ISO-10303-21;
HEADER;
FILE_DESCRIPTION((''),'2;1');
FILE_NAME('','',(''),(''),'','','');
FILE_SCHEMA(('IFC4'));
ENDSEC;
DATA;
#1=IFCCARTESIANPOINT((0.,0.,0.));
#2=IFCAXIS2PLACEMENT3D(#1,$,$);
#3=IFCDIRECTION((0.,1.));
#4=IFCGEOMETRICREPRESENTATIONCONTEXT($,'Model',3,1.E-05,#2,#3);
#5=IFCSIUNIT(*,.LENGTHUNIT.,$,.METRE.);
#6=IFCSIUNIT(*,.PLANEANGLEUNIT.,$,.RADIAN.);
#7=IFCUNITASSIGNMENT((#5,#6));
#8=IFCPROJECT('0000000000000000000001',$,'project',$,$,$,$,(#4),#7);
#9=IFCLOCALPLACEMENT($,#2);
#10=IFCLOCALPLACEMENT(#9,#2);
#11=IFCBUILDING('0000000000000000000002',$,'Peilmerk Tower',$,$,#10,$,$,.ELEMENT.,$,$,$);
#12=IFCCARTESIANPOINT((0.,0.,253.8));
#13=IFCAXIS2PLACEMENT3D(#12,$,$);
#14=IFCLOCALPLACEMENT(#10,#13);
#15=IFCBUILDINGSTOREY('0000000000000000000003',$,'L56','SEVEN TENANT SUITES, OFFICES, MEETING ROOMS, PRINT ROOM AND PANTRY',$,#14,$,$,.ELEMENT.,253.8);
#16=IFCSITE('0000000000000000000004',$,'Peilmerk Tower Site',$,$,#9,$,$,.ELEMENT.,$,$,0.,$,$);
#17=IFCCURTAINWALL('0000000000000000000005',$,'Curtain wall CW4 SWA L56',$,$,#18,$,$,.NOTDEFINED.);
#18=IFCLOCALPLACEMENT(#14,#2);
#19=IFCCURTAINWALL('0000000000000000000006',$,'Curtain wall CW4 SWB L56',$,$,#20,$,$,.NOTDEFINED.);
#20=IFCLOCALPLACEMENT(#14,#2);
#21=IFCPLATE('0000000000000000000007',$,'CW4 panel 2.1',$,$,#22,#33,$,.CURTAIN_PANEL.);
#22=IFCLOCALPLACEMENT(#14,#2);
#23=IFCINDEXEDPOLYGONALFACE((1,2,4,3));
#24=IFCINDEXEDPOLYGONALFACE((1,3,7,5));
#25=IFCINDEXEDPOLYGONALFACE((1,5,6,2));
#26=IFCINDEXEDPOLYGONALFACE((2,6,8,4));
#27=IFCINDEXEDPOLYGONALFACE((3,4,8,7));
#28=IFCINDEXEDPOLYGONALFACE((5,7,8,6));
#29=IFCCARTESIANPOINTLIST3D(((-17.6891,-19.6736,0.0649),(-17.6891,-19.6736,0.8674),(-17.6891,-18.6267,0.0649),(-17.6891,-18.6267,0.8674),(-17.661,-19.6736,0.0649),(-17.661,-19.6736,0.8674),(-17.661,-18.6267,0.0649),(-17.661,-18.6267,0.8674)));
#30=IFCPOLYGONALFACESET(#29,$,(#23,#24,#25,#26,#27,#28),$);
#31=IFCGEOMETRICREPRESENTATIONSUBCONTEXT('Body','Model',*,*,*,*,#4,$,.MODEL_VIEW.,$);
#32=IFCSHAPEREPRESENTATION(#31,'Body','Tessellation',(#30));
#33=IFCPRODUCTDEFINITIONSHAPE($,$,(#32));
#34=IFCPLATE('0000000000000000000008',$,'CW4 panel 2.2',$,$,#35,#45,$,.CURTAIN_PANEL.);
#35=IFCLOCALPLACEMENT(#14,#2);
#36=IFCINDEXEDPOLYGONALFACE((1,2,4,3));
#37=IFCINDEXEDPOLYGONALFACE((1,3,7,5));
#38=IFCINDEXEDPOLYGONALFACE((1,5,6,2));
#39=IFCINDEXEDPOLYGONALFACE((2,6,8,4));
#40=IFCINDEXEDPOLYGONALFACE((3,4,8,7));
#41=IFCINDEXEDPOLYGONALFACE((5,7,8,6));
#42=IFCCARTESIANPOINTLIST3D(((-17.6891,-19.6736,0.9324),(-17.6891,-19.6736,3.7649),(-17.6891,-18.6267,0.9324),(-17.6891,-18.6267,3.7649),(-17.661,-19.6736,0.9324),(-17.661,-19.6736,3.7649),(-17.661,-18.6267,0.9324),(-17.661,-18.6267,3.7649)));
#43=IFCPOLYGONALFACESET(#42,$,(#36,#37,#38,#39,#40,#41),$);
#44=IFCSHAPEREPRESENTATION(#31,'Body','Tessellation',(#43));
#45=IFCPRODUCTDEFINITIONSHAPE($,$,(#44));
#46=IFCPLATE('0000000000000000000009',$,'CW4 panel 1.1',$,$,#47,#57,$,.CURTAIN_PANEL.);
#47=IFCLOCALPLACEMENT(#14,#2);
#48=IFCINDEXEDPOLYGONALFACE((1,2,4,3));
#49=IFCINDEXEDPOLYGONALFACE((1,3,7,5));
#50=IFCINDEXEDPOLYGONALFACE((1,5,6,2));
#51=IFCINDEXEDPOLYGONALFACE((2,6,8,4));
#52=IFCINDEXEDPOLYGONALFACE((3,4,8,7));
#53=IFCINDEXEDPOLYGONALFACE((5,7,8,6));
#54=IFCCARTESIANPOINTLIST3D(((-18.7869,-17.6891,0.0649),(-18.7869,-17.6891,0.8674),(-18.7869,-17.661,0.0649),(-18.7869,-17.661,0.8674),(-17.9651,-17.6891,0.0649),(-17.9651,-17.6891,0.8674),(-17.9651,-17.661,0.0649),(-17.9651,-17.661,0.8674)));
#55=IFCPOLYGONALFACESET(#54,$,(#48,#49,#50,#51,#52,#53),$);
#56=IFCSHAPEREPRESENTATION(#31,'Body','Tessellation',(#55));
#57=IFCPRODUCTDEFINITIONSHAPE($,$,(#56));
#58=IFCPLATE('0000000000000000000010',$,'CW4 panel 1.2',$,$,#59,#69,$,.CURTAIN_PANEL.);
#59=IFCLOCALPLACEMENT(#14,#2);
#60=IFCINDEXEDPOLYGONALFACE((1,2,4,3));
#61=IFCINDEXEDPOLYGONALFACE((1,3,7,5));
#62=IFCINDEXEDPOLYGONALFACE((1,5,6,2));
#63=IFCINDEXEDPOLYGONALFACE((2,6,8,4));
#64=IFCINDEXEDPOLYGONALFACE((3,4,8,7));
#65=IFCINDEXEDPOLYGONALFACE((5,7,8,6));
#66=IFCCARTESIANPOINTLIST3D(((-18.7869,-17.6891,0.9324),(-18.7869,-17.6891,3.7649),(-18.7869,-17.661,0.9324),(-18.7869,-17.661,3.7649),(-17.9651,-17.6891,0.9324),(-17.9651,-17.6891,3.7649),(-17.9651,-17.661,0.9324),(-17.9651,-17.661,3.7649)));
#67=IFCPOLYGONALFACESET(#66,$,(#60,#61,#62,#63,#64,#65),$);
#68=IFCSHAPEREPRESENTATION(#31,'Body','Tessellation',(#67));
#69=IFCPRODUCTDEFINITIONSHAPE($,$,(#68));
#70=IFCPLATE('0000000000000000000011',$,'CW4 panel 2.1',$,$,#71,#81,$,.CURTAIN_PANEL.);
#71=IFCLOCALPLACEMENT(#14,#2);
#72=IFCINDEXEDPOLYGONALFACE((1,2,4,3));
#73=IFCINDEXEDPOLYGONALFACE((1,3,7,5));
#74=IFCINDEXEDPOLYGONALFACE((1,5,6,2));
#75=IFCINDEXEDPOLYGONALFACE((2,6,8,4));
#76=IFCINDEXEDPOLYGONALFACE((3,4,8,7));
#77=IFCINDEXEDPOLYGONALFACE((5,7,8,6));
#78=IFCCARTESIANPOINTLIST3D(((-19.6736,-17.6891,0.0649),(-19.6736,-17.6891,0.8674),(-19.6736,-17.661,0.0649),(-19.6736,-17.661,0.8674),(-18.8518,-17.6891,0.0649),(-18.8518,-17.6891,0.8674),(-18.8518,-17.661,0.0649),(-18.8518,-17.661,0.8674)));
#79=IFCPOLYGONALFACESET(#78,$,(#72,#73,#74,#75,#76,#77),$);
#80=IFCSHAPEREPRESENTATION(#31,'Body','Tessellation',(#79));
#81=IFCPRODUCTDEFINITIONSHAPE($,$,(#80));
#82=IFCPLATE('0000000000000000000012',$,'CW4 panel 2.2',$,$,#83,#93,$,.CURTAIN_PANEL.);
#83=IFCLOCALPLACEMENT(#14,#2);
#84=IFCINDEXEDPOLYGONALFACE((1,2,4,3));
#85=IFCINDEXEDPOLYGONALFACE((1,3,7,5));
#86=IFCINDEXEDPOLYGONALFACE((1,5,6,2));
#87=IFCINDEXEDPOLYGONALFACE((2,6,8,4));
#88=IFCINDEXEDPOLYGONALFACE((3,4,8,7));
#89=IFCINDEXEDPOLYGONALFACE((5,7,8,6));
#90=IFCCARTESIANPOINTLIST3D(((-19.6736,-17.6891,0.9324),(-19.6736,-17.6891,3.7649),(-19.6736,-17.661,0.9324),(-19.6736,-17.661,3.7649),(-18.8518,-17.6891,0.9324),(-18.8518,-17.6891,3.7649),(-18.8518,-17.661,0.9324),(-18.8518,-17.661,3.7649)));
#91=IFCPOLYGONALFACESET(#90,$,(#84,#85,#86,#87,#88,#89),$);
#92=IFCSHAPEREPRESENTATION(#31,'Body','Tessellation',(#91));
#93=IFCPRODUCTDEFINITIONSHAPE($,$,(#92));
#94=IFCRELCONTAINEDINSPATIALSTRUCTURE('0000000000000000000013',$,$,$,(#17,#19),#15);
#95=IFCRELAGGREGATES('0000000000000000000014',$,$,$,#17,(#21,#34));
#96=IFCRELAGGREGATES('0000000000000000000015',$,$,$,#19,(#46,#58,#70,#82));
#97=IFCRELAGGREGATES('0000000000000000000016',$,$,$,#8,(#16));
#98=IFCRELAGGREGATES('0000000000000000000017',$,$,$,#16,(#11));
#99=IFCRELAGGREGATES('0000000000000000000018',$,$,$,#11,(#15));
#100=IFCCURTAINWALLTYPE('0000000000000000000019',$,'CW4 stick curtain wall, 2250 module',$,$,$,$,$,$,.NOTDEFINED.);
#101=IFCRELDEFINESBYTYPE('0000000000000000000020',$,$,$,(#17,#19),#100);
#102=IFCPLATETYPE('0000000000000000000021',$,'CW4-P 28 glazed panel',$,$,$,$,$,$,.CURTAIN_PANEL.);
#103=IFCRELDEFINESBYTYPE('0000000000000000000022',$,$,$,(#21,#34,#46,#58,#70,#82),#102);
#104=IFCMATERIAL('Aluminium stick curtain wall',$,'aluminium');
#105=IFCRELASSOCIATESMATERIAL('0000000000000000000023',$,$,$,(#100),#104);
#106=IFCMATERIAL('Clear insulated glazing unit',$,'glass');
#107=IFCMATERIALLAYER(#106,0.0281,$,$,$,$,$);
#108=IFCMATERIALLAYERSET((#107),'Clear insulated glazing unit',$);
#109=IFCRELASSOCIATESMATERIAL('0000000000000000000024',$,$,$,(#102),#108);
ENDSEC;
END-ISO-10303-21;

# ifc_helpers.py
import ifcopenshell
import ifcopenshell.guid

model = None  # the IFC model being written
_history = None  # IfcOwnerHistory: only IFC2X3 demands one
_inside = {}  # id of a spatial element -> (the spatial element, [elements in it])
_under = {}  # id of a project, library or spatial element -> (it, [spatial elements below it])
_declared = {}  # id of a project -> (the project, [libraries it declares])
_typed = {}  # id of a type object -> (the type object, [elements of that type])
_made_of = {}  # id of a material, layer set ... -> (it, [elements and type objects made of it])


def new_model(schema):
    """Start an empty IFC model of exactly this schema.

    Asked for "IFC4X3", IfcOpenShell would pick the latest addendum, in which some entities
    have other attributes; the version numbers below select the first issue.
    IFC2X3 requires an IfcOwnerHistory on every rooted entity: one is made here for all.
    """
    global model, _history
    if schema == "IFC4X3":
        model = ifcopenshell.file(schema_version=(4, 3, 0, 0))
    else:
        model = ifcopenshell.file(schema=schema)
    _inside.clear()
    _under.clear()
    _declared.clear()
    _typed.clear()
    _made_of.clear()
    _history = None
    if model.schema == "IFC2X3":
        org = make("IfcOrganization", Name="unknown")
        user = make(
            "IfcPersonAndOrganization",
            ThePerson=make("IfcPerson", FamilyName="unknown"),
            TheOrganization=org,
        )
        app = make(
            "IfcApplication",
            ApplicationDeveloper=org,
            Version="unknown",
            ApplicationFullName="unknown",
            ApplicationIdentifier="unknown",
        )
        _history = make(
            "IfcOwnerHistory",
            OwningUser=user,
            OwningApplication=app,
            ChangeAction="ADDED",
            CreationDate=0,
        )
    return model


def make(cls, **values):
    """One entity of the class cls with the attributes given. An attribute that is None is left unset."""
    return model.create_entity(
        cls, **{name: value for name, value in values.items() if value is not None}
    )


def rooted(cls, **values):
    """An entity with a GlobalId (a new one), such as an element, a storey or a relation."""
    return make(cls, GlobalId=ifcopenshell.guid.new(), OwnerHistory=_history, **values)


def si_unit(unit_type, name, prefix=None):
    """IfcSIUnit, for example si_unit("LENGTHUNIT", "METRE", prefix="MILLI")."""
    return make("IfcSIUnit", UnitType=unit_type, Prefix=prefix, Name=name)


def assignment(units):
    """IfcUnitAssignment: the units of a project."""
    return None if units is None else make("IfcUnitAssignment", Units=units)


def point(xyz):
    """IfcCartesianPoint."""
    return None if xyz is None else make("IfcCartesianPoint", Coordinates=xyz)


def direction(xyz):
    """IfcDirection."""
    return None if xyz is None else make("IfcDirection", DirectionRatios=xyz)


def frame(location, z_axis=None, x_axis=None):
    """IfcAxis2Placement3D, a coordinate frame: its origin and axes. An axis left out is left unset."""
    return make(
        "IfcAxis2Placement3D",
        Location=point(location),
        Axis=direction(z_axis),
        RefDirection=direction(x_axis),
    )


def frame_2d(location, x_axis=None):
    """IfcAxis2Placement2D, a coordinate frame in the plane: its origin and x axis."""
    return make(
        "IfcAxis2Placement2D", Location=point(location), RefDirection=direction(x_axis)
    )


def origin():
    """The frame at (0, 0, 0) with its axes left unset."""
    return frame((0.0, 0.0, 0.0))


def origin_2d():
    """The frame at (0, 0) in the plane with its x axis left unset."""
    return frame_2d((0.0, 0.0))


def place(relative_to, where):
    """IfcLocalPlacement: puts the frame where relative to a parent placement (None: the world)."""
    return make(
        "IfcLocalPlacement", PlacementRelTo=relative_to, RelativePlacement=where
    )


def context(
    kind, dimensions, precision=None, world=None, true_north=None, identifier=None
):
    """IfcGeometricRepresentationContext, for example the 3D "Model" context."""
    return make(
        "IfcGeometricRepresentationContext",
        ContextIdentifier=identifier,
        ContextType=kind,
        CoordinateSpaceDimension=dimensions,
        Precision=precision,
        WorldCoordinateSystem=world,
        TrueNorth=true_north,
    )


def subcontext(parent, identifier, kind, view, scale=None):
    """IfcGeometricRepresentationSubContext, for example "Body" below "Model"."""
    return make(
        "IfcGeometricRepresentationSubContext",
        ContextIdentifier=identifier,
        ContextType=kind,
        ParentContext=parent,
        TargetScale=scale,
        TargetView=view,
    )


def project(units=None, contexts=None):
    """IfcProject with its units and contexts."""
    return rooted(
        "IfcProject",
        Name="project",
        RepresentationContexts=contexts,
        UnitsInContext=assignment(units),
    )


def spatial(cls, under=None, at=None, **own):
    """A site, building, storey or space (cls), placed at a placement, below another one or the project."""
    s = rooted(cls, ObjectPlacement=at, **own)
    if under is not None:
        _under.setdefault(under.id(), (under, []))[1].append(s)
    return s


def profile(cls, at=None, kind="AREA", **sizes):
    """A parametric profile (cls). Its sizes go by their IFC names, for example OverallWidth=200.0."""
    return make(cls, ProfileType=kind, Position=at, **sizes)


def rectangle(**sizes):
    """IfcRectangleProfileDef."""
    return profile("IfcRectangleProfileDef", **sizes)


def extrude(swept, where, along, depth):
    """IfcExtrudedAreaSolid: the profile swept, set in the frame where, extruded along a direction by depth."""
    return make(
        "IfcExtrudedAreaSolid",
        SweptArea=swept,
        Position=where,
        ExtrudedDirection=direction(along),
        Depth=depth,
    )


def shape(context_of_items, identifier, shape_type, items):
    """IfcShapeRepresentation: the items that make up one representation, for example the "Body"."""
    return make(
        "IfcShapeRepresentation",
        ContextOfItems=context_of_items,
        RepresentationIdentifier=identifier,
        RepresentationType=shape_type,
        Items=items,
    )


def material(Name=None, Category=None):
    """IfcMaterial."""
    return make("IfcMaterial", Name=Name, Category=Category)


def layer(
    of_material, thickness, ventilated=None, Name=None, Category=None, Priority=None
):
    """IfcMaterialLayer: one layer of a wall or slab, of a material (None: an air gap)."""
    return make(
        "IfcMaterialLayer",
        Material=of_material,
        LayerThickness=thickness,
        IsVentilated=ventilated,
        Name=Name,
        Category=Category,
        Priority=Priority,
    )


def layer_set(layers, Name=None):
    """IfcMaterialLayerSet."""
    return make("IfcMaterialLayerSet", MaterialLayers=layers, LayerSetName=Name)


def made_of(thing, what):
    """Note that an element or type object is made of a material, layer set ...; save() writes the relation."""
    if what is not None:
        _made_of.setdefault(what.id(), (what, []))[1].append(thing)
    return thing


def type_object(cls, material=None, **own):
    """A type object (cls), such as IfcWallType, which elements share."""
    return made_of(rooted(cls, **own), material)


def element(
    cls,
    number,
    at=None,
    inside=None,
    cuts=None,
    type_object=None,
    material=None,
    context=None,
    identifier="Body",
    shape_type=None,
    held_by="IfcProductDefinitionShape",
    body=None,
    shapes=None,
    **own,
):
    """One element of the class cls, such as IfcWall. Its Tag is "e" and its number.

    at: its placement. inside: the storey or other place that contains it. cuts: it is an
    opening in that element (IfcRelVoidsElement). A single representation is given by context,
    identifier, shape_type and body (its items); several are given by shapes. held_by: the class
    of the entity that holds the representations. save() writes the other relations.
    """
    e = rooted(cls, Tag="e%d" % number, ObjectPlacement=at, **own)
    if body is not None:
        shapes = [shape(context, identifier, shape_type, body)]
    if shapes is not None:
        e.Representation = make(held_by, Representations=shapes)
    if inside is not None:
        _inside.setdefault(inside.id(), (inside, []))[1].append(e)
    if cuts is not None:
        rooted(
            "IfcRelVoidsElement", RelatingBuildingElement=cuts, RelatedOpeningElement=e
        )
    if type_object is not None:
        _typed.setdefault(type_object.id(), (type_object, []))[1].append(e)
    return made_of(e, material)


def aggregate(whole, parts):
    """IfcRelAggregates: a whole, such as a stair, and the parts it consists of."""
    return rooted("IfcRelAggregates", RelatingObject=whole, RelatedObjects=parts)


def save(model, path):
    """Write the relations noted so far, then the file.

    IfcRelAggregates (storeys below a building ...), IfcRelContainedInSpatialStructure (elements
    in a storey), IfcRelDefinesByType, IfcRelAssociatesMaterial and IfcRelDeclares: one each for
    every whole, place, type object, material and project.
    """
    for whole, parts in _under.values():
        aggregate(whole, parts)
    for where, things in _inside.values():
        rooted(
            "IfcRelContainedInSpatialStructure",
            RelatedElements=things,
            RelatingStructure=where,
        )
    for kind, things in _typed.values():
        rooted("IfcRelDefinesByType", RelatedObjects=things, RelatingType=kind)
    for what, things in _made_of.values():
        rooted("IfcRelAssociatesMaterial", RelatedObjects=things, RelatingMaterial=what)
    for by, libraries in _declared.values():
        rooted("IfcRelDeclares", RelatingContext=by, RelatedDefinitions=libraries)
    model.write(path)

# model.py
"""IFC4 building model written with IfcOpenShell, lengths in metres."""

from ifc_helpers import new_model, si_unit, direction, frame, origin, origin_2d, place, context, subcontext, project, spatial, rectangle, extrude, material, layer, layer_set, type_object, element, aggregate, save


model = new_model("IFC4")

# Units and contexts
model_context = context("Model", 3, precision=1e-05, world=origin(), true_north=direction((0.0, 1.0)))
body_context = subcontext(model_context, "Body", "Model", "MODEL_VIEW")
ifc_project = project(units=[si_unit("LENGTHUNIT", "METRE"), si_unit("PLANEANGLEUNIT", "RADIAN")], contexts=[model_context])

# Site, building, storey
site_placement = place(None, origin())
site = spatial("IfcSite", under=ifc_project, at=site_placement, Name="Peilmerk Tower Site", CompositionType="ELEMENT", RefElevation=0.0)
building_placement = place(site_placement, origin())
building = spatial("IfcBuilding", under=site, at=building_placement, Name="Peilmerk Tower", CompositionType="ELEMENT")
storey_placement = place(building_placement, frame((0.0, 0.0, 253.8)))
storey = spatial("IfcBuildingStorey", under=building, at=storey_placement, Name="L56", Description="SEVEN TENANT SUITES, OFFICES, MEETING ROOMS, PRINT ROOM AND PANTRY", CompositionType="ELEMENT", Elevation=253.8)

# Curtain wall
ifc_material_1 = material(Name="Aluminium stick curtain wall", Category="aluminium")
curtain_wall_type = type_object("IfcCurtainWallType", Name="CW4 stick curtain wall, 2250 module", PredefinedType="NOTDEFINED", material=ifc_material_1)
curtain_wall_1_placement = place(storey_placement, origin())
curtain_wall_1 = element("IfcCurtainWall", 1, at=curtain_wall_1_placement, inside=storey, type_object=curtain_wall_type, Name="Curtain wall CW4 SWA L56", PredefinedType="NOTDEFINED")

# Curtain wall
curtain_wall_2_placement = place(storey_placement, origin())
curtain_wall_2 = element("IfcCurtainWall", 2, at=curtain_wall_2_placement, inside=storey, type_object=curtain_wall_type, Name="Curtain wall CW4 SWB L56", PredefinedType="NOTDEFINED")

# Plates
ifc_material_2 = material(Name="Clear insulated glazing unit", Category="glass")
ifc_layer_1 = layer(ifc_material_2, 0.0281)
ifc_layer_set_1 = layer_set([ifc_layer_1], Name="Clear insulated glazing unit")
plate_type = type_object("IfcPlateType", Name="CW4-P 28 glazed panel", PredefinedType="CURTAIN_PANEL", material=ifc_layer_set_1)
plate_1_placement = place(storey_placement, frame((-17.675, -19.1501, 0.0649), z_axis=(0.0, 0.0, 1.0), x_axis=(0.0, -1.0, 0.0)))
plate_1 = element("IfcPlate", 3, at=plate_1_placement, type_object=plate_type, Name="CW4 panel 2.1", PredefinedType="CURTAIN_PANEL", context=body_context, shape_type="SweptSolid", body=[
    extrude(rectangle(XDim=1.0469, YDim=0.0281, at=origin_2d()), origin(), (0.0, 0.0, 1.0), 0.8025),
])
plate_2_placement = place(storey_placement, frame((-17.675, -19.1501, 0.9324), z_axis=(0.0, 0.0, 1.0), x_axis=(0.0, -1.0, 0.0)))
plate_2 = element("IfcPlate", 4, at=plate_2_placement, type_object=plate_type, Name="CW4 panel 2.2", PredefinedType="CURTAIN_PANEL", context=body_context, shape_type="SweptSolid", body=[
    extrude(rectangle(XDim=1.0469, YDim=0.0281, at=origin_2d()), origin(), (0.0, 0.0, 1.0), 2.8325),
])
aggregate(curtain_wall_1, [plate_1, plate_2])
plate_3_placement = place(storey_placement, frame((-18.376, -17.675, 0.0649), z_axis=(0.0, 0.0, 1.0), x_axis=(-1.0, 0.0, 0.0)))
plate_3 = element("IfcPlate", 5, at=plate_3_placement, type_object=plate_type, Name="CW4 panel 1.1", PredefinedType="CURTAIN_PANEL", context=body_context, shape_type="SweptSolid", body=[
    extrude(rectangle(XDim=0.8218, YDim=0.0281, at=origin_2d()), origin(), (0.0, 0.0, 1.0), 0.8025),
])
plate_4_placement = place(storey_placement, frame((-18.376, -17.675, 0.9324), z_axis=(0.0, 0.0, 1.0), x_axis=(-1.0, 0.0, 0.0)))
plate_4 = element("IfcPlate", 6, at=plate_4_placement, type_object=plate_type, Name="CW4 panel 1.2", PredefinedType="CURTAIN_PANEL", context=body_context, shape_type="SweptSolid", body=[
    extrude(rectangle(XDim=0.8218, YDim=0.0281, at=origin_2d()), origin(), (0.0, 0.0, 1.0), 2.8325),
])
plate_5_placement = place(storey_placement, frame((-19.2627, -17.675, 0.0649), z_axis=(0.0, 0.0, 1.0), x_axis=(-1.0, 0.0, 0.0)))
plate_5 = element("IfcPlate", 7, at=plate_5_placement, type_object=plate_type, Name="CW4 panel 2.1", PredefinedType="CURTAIN_PANEL", context=body_context, shape_type="SweptSolid", body=[
    extrude(rectangle(XDim=0.8218, YDim=0.0281, at=origin_2d()), origin(), (0.0, 0.0, 1.0), 0.8025),
])
plate_6_placement = place(storey_placement, frame((-19.2627, -17.675, 0.9324), z_axis=(0.0, 0.0, 1.0), x_axis=(-1.0, 0.0, 0.0)))
plate_6 = element("IfcPlate", 8, at=plate_6_placement, type_object=plate_type, Name="CW4 panel 2.2", PredefinedType="CURTAIN_PANEL", context=body_context, shape_type="SweptSolid", body=[
    extrude(rectangle(XDim=0.8218, YDim=0.0281, at=origin_2d()), origin(), (0.0, 0.0, 1.0), 2.8325),
])
aggregate(curtain_wall_2, [plate_3, plate_4, plate_5, plate_6])

save(model, "model.ifc")
